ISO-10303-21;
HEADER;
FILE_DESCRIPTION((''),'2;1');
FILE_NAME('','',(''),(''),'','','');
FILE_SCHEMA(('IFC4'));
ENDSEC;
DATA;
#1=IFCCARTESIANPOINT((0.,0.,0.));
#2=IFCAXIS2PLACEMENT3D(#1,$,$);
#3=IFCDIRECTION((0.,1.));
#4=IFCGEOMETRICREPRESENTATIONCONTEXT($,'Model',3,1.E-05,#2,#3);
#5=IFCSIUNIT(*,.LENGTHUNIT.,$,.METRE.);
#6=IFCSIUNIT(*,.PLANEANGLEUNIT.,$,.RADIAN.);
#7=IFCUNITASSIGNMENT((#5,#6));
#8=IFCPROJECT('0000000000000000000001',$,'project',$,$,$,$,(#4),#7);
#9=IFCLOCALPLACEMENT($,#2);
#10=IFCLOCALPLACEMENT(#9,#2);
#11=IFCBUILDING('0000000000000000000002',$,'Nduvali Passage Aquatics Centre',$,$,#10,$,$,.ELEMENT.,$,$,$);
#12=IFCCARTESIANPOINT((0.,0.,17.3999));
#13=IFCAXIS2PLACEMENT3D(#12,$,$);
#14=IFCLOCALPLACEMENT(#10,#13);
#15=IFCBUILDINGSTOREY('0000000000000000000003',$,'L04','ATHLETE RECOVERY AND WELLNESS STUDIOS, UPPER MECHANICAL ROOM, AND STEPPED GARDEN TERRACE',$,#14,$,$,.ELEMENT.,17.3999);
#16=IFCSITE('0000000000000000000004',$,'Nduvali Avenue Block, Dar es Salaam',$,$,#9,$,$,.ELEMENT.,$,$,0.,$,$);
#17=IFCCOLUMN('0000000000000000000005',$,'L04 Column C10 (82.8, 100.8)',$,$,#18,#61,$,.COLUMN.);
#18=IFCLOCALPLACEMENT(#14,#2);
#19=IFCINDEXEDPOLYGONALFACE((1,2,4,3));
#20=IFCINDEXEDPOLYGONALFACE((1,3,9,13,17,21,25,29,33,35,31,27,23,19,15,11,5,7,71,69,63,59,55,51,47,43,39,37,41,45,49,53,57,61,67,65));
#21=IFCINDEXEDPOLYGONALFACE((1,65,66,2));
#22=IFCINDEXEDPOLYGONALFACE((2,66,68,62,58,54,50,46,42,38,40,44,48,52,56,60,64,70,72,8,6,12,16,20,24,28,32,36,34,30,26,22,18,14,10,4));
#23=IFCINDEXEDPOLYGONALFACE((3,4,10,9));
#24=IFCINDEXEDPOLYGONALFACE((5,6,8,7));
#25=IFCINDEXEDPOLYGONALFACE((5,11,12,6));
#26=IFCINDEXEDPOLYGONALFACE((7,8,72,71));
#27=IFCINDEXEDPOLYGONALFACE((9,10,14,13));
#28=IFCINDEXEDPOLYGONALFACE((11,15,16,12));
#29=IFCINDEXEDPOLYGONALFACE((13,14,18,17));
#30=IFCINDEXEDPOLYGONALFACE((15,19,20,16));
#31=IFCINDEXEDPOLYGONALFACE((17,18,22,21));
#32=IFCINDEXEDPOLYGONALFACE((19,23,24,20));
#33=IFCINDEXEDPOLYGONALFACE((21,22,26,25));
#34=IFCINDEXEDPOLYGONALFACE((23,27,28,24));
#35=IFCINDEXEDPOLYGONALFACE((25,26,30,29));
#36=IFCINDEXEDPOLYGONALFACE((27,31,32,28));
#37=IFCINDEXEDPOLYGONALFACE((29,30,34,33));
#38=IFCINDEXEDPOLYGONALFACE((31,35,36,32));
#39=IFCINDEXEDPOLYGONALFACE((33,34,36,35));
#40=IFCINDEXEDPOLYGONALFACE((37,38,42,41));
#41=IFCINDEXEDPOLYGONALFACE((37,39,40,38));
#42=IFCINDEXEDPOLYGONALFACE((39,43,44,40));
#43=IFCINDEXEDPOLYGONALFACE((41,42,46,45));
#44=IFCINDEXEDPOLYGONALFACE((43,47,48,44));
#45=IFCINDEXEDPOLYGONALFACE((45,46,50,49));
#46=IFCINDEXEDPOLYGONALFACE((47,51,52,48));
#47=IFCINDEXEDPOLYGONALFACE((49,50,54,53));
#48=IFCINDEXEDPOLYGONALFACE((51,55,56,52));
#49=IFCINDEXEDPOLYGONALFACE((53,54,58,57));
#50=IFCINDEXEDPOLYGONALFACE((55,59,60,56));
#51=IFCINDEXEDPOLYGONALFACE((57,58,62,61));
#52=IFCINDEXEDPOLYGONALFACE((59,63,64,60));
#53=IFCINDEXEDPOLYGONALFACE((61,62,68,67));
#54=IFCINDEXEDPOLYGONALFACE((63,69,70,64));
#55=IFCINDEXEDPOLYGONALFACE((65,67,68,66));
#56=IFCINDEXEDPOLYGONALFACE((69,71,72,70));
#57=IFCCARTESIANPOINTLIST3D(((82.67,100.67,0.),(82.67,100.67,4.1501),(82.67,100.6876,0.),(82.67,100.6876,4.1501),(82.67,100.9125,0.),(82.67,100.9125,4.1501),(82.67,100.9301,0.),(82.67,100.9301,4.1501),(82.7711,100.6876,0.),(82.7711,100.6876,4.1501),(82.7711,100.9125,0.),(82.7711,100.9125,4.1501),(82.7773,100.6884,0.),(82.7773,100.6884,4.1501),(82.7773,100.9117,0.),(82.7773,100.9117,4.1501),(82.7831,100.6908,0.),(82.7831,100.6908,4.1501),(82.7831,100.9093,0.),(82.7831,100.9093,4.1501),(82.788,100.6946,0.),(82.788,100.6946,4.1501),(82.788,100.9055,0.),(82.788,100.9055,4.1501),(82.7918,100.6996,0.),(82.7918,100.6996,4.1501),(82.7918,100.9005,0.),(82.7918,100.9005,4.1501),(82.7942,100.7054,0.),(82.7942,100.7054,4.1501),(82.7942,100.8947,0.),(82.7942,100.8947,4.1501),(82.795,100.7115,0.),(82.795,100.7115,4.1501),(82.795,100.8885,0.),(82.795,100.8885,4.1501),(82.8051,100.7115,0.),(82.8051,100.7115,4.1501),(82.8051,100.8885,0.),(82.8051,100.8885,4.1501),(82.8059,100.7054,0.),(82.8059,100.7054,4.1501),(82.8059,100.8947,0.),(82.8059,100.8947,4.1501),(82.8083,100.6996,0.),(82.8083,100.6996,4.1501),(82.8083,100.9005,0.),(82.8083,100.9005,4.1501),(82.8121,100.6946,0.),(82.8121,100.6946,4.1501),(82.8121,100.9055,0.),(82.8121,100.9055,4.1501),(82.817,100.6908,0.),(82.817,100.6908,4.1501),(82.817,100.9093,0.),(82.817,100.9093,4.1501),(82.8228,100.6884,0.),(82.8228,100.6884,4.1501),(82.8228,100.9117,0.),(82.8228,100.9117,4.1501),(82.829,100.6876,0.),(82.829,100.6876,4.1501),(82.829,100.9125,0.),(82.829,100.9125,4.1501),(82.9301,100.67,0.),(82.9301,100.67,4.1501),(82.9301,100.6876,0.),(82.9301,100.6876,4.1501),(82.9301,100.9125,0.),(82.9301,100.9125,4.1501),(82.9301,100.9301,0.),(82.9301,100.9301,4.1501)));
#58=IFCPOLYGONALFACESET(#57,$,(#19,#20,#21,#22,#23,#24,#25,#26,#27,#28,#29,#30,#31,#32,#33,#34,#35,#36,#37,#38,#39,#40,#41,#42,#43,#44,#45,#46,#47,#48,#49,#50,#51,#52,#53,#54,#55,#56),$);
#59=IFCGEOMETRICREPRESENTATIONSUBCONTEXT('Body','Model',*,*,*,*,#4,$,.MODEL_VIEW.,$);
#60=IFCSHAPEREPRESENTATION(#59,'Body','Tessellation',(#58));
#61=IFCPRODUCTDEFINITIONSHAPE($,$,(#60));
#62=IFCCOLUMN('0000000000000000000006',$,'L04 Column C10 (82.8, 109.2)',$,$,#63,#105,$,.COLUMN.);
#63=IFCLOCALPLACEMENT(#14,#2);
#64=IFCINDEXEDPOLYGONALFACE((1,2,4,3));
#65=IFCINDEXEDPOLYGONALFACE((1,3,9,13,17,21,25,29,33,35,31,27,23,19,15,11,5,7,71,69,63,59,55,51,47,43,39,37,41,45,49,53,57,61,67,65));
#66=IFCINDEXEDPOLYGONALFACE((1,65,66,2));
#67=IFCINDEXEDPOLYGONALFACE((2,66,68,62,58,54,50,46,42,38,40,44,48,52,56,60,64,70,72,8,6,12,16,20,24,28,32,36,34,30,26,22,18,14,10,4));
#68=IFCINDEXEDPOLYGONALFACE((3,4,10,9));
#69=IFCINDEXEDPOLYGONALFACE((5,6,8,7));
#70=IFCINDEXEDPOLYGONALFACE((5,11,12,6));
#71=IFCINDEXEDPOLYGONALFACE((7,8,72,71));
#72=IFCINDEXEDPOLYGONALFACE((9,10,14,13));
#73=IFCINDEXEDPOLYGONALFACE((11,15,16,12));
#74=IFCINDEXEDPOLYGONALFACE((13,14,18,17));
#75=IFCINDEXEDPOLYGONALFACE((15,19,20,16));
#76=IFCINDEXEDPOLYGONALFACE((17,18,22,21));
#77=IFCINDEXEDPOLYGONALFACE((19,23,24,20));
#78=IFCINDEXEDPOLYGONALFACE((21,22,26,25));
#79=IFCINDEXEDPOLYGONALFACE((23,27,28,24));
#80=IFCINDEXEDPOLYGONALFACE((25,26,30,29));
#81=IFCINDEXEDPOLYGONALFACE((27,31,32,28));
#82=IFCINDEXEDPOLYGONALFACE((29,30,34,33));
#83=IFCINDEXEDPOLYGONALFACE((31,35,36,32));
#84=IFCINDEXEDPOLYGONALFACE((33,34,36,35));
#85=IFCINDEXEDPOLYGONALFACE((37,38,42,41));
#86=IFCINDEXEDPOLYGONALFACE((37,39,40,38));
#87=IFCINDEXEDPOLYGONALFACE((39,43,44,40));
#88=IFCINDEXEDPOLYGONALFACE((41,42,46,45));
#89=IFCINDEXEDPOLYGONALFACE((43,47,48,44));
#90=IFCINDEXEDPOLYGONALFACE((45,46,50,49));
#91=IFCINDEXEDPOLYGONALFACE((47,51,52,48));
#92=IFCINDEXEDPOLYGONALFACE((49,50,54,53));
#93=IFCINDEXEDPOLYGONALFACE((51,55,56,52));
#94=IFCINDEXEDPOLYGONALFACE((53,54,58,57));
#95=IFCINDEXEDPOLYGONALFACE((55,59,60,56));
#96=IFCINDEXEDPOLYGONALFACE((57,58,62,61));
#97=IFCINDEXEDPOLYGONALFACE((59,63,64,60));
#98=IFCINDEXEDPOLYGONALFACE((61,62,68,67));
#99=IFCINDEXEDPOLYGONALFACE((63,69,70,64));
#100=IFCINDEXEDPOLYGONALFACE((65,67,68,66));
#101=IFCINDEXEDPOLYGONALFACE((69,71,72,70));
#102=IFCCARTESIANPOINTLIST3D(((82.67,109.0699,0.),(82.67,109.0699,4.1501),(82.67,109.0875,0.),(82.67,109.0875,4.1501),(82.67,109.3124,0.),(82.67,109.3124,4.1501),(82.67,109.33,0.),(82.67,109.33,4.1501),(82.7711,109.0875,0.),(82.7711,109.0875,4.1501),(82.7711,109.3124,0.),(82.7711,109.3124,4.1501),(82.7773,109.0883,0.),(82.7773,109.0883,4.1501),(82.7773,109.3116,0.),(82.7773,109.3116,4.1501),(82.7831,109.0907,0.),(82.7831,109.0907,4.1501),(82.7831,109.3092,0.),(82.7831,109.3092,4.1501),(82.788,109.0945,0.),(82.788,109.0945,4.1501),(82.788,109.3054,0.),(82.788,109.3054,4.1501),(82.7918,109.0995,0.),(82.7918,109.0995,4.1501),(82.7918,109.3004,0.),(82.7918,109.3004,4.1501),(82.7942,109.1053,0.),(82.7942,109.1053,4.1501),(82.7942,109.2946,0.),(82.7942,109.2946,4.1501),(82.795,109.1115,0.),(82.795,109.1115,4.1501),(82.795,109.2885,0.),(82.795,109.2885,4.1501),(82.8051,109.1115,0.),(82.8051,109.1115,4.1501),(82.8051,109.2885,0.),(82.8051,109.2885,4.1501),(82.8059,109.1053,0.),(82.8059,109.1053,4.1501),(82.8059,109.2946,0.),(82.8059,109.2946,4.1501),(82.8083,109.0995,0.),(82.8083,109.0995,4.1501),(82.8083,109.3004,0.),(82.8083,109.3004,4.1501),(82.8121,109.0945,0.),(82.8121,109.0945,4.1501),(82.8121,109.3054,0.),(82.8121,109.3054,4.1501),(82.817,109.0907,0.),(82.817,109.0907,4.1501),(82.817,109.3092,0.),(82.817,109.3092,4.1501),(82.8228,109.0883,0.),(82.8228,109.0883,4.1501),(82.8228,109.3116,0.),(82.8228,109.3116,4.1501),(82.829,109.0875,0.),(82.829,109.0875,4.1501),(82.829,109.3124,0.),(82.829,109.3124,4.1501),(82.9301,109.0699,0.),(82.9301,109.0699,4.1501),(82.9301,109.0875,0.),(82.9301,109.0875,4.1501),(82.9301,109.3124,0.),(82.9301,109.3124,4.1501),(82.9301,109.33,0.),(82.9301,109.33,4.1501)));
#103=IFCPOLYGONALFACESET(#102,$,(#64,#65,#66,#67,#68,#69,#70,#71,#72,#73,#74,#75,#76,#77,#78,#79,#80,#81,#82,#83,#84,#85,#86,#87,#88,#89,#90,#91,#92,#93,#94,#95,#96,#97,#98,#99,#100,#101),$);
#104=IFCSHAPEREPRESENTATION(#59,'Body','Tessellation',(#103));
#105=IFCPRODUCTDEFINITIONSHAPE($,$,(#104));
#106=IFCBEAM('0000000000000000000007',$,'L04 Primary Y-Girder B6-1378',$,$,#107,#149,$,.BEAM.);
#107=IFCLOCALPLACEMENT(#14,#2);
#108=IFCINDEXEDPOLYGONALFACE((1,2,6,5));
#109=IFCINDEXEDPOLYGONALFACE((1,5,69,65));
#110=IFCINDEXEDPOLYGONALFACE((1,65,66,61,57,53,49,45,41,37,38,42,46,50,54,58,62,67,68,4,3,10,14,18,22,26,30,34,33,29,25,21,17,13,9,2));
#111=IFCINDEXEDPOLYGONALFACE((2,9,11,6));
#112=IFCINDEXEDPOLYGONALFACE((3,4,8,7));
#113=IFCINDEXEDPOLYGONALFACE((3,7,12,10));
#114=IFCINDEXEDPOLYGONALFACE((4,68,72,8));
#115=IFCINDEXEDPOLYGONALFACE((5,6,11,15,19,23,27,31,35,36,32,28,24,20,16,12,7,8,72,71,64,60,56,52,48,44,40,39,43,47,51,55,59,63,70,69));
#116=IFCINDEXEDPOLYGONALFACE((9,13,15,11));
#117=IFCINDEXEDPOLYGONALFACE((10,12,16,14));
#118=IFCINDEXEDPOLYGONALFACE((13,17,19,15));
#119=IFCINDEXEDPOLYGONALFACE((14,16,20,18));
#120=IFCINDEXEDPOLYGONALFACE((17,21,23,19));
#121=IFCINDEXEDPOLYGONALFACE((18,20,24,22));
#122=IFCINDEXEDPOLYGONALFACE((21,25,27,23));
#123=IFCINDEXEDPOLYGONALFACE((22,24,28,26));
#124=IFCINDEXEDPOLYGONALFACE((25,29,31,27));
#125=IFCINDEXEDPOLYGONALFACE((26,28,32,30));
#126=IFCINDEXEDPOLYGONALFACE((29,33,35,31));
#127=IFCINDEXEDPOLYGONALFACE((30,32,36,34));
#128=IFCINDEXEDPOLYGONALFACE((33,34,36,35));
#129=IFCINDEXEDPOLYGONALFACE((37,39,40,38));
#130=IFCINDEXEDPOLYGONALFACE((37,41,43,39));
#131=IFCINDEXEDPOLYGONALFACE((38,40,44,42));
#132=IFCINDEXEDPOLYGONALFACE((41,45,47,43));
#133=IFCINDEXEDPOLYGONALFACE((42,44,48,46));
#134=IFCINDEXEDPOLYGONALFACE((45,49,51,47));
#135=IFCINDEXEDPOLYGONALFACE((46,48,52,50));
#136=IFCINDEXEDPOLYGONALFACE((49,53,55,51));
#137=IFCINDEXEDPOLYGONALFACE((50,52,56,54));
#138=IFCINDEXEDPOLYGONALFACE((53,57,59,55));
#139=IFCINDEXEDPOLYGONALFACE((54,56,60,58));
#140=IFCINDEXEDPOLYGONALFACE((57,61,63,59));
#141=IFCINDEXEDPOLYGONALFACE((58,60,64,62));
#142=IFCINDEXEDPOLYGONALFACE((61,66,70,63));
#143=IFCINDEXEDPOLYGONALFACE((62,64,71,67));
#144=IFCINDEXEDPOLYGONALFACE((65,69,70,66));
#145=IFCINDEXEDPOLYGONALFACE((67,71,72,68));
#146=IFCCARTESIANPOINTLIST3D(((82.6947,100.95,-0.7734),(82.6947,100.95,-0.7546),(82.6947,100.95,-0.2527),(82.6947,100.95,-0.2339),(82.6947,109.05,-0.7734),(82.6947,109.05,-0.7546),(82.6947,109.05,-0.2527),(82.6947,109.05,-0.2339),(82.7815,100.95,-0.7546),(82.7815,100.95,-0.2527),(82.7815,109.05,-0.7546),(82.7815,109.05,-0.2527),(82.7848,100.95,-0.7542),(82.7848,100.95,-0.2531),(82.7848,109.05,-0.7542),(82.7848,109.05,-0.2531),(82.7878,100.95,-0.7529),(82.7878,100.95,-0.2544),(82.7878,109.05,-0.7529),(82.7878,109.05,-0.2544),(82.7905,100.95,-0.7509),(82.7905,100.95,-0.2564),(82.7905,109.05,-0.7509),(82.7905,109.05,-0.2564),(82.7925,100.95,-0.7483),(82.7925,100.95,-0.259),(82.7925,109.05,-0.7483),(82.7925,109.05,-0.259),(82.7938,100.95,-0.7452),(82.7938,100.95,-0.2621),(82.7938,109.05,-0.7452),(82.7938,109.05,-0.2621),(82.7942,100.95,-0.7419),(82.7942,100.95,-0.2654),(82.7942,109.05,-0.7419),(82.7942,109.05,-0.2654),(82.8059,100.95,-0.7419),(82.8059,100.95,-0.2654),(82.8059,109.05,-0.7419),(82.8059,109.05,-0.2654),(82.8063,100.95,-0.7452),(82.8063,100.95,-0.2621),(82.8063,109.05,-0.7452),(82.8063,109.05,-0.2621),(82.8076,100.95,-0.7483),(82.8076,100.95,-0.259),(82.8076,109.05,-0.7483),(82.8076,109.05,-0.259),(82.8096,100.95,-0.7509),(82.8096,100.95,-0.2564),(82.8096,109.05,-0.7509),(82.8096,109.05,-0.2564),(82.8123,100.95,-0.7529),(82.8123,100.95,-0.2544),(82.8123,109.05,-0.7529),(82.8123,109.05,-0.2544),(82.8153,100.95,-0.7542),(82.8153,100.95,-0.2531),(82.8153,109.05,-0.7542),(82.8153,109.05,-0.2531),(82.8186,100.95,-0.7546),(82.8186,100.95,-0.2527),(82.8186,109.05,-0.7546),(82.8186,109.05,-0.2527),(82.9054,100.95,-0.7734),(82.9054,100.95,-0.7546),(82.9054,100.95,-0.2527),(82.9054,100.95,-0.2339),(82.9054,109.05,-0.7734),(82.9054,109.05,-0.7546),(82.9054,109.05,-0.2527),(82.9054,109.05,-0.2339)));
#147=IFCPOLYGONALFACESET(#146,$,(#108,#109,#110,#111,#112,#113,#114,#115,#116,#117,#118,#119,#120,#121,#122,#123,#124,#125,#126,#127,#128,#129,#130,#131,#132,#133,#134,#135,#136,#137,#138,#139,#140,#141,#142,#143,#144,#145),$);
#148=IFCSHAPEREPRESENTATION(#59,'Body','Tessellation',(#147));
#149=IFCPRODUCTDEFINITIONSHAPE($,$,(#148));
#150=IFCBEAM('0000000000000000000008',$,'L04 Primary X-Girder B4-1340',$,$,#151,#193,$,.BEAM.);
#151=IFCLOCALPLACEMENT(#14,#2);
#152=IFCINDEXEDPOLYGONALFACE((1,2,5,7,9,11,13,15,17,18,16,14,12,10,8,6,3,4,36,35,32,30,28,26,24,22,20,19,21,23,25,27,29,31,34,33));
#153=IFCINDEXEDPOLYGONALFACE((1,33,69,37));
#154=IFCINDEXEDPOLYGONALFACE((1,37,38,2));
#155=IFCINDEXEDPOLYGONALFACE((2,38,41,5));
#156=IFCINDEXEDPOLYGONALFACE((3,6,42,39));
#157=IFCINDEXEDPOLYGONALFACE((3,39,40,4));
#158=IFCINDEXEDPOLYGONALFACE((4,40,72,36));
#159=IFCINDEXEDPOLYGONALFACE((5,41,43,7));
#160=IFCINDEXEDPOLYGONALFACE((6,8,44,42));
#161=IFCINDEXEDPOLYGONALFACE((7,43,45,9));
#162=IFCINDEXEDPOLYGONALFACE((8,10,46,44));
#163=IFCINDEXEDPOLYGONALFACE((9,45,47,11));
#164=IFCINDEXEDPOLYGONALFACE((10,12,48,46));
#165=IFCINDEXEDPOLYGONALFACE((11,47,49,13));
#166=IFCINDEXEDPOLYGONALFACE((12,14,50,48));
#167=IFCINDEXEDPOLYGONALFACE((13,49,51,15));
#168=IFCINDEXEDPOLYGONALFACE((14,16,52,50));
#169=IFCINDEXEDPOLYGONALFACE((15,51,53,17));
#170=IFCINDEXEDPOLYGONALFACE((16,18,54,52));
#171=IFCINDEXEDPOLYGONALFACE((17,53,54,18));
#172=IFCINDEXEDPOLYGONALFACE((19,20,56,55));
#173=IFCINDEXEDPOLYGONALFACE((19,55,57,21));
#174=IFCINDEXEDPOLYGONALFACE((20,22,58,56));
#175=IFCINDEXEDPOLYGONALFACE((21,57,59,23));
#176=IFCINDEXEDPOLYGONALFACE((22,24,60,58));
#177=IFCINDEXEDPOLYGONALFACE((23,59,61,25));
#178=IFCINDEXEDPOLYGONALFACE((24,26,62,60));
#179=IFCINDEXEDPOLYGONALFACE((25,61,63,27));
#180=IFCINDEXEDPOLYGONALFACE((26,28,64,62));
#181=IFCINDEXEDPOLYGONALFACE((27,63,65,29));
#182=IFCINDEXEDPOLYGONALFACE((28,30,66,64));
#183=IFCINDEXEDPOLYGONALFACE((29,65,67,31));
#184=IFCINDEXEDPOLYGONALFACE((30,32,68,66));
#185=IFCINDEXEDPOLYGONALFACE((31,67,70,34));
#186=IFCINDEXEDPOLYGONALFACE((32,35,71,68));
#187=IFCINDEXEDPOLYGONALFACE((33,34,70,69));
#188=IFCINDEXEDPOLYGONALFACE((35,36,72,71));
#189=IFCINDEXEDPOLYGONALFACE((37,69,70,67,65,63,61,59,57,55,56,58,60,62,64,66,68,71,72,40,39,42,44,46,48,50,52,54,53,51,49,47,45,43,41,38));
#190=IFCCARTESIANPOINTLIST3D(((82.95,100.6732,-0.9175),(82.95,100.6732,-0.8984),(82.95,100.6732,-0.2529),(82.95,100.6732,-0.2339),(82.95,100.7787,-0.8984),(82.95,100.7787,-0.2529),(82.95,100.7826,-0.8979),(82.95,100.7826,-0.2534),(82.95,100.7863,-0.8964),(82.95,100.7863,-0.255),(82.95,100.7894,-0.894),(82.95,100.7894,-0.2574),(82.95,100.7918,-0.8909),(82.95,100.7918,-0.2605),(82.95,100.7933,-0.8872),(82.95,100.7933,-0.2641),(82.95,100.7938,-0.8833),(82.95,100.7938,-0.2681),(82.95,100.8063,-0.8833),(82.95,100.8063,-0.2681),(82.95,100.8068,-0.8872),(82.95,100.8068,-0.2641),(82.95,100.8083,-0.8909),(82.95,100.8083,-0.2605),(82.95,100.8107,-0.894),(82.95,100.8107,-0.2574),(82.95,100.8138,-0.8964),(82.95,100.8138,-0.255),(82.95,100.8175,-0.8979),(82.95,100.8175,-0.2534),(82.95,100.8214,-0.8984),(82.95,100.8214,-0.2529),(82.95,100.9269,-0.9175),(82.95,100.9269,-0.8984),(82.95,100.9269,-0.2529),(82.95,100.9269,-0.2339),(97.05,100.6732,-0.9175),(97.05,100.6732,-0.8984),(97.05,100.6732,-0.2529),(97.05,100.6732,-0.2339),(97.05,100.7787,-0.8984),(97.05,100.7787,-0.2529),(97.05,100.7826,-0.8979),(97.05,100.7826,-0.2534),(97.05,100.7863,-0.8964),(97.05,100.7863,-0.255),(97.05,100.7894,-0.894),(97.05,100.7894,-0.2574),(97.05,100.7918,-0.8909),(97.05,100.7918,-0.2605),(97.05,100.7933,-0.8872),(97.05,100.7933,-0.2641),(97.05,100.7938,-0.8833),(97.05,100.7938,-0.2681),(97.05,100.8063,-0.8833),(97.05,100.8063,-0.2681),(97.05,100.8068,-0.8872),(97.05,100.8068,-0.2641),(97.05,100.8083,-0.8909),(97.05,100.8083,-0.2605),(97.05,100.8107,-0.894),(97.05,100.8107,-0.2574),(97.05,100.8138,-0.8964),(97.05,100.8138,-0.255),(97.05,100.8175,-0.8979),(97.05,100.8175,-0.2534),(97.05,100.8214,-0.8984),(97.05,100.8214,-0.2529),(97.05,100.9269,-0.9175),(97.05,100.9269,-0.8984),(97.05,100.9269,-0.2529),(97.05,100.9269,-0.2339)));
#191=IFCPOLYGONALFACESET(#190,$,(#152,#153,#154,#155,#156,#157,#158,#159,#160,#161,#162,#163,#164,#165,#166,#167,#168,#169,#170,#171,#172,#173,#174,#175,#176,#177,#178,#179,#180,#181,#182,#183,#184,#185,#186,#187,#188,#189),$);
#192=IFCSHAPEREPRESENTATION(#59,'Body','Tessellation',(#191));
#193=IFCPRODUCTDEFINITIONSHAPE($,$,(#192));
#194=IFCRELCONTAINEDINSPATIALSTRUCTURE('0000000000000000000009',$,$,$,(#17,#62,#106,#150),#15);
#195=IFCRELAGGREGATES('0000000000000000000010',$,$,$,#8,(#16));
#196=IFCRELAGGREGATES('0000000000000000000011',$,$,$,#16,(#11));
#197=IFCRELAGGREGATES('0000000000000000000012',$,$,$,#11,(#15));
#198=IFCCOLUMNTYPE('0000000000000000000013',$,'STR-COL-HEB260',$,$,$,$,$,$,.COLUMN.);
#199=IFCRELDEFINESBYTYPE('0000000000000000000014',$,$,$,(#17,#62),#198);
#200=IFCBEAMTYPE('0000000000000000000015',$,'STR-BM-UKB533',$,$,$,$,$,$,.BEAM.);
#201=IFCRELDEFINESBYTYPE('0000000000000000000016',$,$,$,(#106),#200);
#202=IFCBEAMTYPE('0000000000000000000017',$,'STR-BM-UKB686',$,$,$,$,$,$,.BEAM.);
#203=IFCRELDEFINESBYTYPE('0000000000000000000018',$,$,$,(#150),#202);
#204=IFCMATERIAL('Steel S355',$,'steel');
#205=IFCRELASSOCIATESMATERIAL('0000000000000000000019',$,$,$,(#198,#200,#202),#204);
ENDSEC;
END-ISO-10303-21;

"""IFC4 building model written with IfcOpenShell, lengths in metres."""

from ifc_helpers import new_model, si_unit, direction, frame, origin, origin_2d, place, context, subcontext, project, spatial, i_section, extrude, material, material_profile, profile_set, type_object, element, save


model = new_model("IFC4")

# Units and contexts
model_context = context("Model", 3, precision=1e-05, world=origin(), true_north=direction((0.0, 1.0)))
body_context = subcontext(model_context, "Body", "Model", "MODEL_VIEW")
ifc_project = project(units=[si_unit("LENGTHUNIT", "METRE"), si_unit("PLANEANGLEUNIT", "RADIAN")], contexts=[model_context])

# Site, building, storey
site_placement = place(None, origin())
site = spatial("IfcSite", under=ifc_project, at=site_placement, Name="Nduvali Avenue Block, Dar es Salaam", CompositionType="ELEMENT", RefElevation=0.0)
building_placement = place(site_placement, origin())
building = spatial("IfcBuilding", under=site, at=building_placement, Name="Nduvali Passage Aquatics Centre", CompositionType="ELEMENT")
storey_placement = place(building_placement, frame((0.0, 0.0, 17.3999)))
storey = spatial("IfcBuildingStorey", under=building, at=storey_placement, Name="L04", Description="ATHLETE RECOVERY AND WELLNESS STUDIOS, UPPER MECHANICAL ROOM, AND STEPPED GARDEN TERRACE", CompositionType="ELEMENT", Elevation=17.3999)

# Columns
ifc_material_1 = material(Name="Steel S355", Category="steel")
ifc_material_profile_1 = material_profile(ifc_material_1, i_section(OverallWidth=0.26, OverallDepth=0.26, WebThickness=0.01, FlangeThickness=0.0176, FilletRadius=0.0239, at=origin_2d()), Name="HEB 260")
ifc_profile_set_1 = profile_set([ifc_material_profile_1], Name="Steel S355")
column_type = type_object("IfcColumnType", Name="STR-COL-HEB260", PredefinedType="COLUMN", material=ifc_profile_set_1)
for number, where, z_axis, x_axis, name in (
    (1, (82.8, 100.8, 0.0), (0.0, 0.0, 1.0), (1.0, 0.0, 0.0), "L04 Column C10 (82.8, 100.8)"),
    (2, (82.8, 109.2, 0.0), (0.0, 0.0, 1.0), (1.0, 0.0, 0.0), "L04 Column C10 (82.8, 109.2)"),
):
    element("IfcColumn", number, at=place(storey_placement, frame(where, z_axis=z_axis, x_axis=x_axis)), inside=storey, type_object=column_type, Name=name, PredefinedType="COLUMN", context=body_context, shape_type="SweptSolid", body=[
        extrude(i_section(OverallWidth=0.26, OverallDepth=0.26, WebThickness=0.01, FlangeThickness=0.0176, FilletRadius=0.0239, at=origin_2d()), origin(), (0.0, 0.0, 1.0), 4.1501),
    ])

# Beams
ifc_material_profile_2 = material_profile(ifc_material_1, i_section(OverallWidth=0.2107, OverallDepth=0.5396, WebThickness=0.0117, FlangeThickness=0.0188, FilletRadius=0.0127, at=origin_2d()), Name="UKB 533x210x109")
ifc_profile_set_2 = profile_set([ifc_material_profile_2], Name="Steel S355")
beam_type_1 = type_object("IfcBeamType", Name="STR-BM-UKB533", PredefinedType="BEAM", material=ifc_profile_set_2)
beam_1_placement = place(storey_placement, frame((82.8, 100.95, -0.5037), z_axis=(0.0, 1.0, 0.0), x_axis=(-1.0, 0.0, 0.0)))
element("IfcBeam", 3, at=beam_1_placement, inside=storey, type_object=beam_type_1, Name="L04 Primary Y-Girder B6-1378", PredefinedType="BEAM", context=body_context, shape_type="SweptSolid", body=[
    extrude(i_section(OverallWidth=0.2107, OverallDepth=0.5396, WebThickness=0.0117, FlangeThickness=0.0188, FilletRadius=0.0127, at=origin_2d()), origin(), (0.0, 0.0, 1.0), 8.1001),
])
ifc_material_profile_3 = material_profile(ifc_material_1, i_section(OverallWidth=0.2537, OverallDepth=0.6836, WebThickness=0.0125, FlangeThickness=0.019, FilletRadius=0.0151, at=origin_2d()), Name="UKB 686x254x140")
ifc_profile_set_3 = profile_set([ifc_material_profile_3], Name="Steel S355")
beam_type_2 = type_object("IfcBeamType", Name="STR-BM-UKB686", PredefinedType="BEAM", material=ifc_profile_set_3)
for number, where, z_axis, x_axis, name in (
    (4, (82.95, 100.8, -0.5757), (1.0, 0.0, 0.0), (0.0, 1.0, 0.0), "L04 Primary X-Girder B4-1340"),
):
    element("IfcBeam", number, at=place(storey_placement, frame(where, z_axis=z_axis, x_axis=x_axis)), inside=storey, type_object=beam_type_2, Name=name, PredefinedType="BEAM", context=body_context, shape_type="SweptSolid", body=[
        extrude(i_section(OverallWidth=0.2537, OverallDepth=0.6836, WebThickness=0.0125, FlangeThickness=0.019, FilletRadius=0.0151, at=origin_2d()), origin(), (0.0, 0.0, 1.0), 14.1001),
    ])

save(model, "model.ifc")
